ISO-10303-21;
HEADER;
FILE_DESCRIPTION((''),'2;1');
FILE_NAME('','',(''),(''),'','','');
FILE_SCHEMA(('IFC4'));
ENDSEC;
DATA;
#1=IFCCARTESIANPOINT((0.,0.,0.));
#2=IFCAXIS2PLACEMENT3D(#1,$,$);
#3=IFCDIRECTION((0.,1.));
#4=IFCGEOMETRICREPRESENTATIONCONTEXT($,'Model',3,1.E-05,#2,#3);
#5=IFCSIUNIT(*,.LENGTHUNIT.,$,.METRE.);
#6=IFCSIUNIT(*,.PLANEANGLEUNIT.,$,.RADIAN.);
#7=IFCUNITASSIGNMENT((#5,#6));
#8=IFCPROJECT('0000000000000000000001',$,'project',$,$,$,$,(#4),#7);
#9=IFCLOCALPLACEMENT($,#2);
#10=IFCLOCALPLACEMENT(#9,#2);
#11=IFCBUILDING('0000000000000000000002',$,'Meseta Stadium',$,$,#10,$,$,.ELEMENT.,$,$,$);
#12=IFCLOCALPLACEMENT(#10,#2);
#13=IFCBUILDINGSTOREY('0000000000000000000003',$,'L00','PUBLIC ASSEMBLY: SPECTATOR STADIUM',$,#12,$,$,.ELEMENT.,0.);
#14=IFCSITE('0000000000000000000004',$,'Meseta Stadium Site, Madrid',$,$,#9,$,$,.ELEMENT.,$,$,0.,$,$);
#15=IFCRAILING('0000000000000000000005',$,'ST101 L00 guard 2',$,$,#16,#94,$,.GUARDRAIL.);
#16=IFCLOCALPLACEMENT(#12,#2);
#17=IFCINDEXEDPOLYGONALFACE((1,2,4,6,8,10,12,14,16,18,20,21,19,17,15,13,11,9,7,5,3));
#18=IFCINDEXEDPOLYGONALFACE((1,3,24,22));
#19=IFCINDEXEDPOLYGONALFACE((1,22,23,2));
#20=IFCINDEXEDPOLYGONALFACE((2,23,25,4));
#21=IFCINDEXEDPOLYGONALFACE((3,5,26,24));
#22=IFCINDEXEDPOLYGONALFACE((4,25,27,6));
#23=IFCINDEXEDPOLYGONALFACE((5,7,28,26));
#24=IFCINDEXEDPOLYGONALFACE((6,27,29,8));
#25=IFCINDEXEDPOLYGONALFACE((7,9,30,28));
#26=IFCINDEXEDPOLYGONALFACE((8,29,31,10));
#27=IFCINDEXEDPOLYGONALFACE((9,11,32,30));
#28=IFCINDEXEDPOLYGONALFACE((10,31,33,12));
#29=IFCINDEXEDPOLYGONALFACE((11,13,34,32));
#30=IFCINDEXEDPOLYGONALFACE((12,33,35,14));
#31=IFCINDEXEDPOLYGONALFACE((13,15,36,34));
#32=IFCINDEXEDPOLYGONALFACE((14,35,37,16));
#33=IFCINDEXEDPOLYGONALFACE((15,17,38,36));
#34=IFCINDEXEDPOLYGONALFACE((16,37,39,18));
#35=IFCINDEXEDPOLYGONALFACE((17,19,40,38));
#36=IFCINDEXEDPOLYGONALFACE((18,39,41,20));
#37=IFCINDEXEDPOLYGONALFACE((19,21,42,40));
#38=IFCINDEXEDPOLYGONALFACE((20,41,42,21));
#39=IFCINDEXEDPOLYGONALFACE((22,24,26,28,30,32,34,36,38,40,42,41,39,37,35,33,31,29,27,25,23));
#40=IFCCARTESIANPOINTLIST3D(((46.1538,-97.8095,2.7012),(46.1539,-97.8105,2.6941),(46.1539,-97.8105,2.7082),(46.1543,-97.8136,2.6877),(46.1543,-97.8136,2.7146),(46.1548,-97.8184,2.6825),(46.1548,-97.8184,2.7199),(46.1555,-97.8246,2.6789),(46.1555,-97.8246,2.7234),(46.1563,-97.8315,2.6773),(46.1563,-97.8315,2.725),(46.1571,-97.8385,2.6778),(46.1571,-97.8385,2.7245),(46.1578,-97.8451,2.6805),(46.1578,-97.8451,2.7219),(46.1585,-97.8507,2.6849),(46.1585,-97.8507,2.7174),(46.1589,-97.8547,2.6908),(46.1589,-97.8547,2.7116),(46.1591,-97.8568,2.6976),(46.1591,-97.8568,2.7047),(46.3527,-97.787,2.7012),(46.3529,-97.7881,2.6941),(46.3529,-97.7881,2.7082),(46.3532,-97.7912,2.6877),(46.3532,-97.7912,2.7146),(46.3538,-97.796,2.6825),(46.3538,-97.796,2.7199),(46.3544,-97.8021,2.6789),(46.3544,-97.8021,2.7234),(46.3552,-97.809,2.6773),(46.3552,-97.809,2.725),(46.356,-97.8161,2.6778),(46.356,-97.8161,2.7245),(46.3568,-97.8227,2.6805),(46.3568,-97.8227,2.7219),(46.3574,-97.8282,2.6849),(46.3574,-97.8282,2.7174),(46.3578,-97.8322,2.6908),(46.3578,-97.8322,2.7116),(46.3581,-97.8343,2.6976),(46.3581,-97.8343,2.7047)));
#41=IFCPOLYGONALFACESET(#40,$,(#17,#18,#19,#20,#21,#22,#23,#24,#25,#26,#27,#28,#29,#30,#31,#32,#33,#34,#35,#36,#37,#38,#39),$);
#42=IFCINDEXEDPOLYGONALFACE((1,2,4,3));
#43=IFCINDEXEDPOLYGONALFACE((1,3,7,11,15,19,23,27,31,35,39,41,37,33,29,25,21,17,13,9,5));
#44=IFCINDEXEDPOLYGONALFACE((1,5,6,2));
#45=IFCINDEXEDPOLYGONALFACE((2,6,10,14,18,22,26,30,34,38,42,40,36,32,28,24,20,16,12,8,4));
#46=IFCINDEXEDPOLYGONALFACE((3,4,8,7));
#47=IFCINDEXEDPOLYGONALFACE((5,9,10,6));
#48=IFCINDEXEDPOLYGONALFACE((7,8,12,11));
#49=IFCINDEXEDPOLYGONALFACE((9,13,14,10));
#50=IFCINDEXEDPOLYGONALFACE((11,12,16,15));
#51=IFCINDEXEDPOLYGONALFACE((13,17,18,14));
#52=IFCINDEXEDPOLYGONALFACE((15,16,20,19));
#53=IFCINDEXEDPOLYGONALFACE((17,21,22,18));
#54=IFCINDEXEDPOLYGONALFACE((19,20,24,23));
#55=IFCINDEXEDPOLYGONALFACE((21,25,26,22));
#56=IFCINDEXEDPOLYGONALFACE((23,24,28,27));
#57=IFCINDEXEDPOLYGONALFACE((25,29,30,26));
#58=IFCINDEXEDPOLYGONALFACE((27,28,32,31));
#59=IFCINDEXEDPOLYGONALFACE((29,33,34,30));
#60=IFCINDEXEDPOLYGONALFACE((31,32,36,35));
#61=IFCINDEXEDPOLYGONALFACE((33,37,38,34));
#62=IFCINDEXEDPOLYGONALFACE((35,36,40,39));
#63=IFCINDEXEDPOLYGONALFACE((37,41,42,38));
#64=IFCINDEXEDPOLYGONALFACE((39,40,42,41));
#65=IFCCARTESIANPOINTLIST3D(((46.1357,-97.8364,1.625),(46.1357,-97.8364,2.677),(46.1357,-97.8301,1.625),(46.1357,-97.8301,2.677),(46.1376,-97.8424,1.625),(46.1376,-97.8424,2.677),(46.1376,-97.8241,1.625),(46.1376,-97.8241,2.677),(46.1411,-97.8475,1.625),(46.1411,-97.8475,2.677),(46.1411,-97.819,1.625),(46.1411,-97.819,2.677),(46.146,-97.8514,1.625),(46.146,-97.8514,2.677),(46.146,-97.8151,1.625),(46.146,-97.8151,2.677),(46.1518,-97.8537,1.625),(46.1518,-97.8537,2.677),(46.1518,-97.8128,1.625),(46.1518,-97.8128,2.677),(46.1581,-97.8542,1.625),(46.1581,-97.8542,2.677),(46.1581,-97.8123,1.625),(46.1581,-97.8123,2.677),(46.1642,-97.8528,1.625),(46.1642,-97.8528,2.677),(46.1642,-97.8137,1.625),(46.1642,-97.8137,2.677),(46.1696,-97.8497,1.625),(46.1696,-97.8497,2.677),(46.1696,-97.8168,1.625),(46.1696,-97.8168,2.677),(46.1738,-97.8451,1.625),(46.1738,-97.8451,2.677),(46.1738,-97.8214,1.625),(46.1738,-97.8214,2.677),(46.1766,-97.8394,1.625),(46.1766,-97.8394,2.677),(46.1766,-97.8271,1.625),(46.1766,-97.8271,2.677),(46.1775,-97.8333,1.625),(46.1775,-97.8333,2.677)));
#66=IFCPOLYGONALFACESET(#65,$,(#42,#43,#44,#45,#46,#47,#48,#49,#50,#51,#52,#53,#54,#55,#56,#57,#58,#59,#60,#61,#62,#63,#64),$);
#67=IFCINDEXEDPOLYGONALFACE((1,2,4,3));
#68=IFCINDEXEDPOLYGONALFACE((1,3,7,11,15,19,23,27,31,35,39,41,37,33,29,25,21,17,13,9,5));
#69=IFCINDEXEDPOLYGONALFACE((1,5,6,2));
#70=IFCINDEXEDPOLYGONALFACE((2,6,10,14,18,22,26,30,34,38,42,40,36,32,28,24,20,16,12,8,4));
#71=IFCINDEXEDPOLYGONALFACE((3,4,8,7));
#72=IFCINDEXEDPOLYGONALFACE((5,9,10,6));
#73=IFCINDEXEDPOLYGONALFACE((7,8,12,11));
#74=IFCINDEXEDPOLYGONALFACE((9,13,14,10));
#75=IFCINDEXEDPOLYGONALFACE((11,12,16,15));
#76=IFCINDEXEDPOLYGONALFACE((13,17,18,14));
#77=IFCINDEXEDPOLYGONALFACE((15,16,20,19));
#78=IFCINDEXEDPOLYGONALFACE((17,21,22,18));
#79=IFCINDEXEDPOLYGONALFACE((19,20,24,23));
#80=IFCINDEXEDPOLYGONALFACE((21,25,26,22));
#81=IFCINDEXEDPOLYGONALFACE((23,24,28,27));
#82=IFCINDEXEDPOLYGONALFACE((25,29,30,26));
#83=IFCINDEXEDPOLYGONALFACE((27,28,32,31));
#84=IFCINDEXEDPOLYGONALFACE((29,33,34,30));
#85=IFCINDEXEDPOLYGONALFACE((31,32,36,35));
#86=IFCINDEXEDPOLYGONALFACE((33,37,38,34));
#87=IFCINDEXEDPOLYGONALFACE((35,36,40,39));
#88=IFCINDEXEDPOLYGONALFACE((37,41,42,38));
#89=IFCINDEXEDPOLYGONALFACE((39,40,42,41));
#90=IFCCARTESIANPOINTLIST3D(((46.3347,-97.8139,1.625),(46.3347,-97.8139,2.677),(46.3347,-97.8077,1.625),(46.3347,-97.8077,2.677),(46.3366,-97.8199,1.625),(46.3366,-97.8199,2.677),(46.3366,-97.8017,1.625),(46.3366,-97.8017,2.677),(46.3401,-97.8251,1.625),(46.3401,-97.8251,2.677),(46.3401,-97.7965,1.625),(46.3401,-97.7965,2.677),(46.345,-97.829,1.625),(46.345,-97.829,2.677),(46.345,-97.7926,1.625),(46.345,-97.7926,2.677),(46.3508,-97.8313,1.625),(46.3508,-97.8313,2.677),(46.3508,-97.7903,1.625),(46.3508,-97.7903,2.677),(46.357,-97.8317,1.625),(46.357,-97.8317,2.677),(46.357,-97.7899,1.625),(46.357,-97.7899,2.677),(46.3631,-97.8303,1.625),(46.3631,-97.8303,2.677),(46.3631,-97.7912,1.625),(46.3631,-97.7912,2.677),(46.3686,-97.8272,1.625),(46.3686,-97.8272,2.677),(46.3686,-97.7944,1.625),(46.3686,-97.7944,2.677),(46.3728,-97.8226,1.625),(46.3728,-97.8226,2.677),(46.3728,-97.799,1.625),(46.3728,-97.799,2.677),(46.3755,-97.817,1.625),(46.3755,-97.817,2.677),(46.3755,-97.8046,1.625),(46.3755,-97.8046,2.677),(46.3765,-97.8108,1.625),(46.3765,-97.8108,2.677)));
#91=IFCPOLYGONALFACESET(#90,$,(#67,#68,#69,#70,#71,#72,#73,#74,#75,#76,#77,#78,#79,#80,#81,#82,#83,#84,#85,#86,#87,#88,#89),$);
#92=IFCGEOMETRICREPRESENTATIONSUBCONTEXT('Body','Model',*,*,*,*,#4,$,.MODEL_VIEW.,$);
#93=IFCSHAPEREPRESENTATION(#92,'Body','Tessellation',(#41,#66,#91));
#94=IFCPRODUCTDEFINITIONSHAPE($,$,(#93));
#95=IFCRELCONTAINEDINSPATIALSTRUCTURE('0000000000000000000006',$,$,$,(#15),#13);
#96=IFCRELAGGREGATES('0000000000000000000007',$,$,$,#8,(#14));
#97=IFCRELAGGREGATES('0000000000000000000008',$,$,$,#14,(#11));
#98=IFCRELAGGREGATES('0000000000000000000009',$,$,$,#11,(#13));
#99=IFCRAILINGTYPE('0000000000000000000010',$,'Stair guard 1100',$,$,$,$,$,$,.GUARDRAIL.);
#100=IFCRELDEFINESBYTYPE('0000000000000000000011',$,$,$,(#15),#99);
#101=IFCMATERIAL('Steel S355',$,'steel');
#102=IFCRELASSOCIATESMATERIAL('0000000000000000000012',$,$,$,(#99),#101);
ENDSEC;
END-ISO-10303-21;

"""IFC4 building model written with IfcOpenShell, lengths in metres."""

from ifc_helpers import new_model, si_unit, direction, frame, origin, origin_2d, place, context, subcontext, project, spatial, circle, extrude, material, type_object, element, save


model = new_model("IFC4")

# Units and contexts
model_context = context("Model", 3, precision=1e-05, world=origin(), true_north=direction((0.0, 1.0)))
body_context = subcontext(model_context, "Body", "Model", "MODEL_VIEW")
ifc_project = project(units=[si_unit("LENGTHUNIT", "METRE"), si_unit("PLANEANGLEUNIT", "RADIAN")], contexts=[model_context])

# Site, building, storey
site_placement = place(None, origin())
site = spatial("IfcSite", under=ifc_project, at=site_placement, Name="Meseta Stadium Site, Madrid", CompositionType="ELEMENT", RefElevation=0.0)
building_placement = place(site_placement, origin())
building = spatial("IfcBuilding", under=site, at=building_placement, Name="Meseta Stadium", CompositionType="ELEMENT")
storey_placement = place(building_placement, origin())
storey = spatial("IfcBuildingStorey", under=building, at=storey_placement, Name="L00", Description="PUBLIC ASSEMBLY: SPECTATOR STADIUM", CompositionType="ELEMENT", Elevation=0.0)

# Railing
ifc_material_1 = material(Name="Steel S355", Category="steel")
railing_type = type_object("IfcRailingType", Name="Stair guard 1100", PredefinedType="GUARDRAIL", material=ifc_material_1)
railing_1_placement = place(storey_placement, frame((46.1565, -97.8333, 1.625)))
element("IfcRailing", 1, at=railing_1_placement, inside=storey, type_object=railing_type, Name="ST101 L00 guard 2", PredefinedType="GUARDRAIL", context=body_context, shape_type="SweptSolid", body=[
    extrude(circle(Radius=0.0239, at=origin_2d()), frame((0.0, 0.0, 1.0762), z_axis=(0.993689, 0.112171, 0.0), x_axis=(-0.112171, 0.993689, 0.0)), (0.0, 0.0, 1.0), 0.2002),
    extrude(circle(Radius=0.021, at=origin_2d()), origin(), (0.0, 0.0, 1.0), 1.052),
    extrude(circle(Radius=0.021, at=origin_2d()), frame((0.199, 0.0225, 0.0)), (0.0, 0.0, 1.0), 1.052),
])

save(model, "model.ifc")
